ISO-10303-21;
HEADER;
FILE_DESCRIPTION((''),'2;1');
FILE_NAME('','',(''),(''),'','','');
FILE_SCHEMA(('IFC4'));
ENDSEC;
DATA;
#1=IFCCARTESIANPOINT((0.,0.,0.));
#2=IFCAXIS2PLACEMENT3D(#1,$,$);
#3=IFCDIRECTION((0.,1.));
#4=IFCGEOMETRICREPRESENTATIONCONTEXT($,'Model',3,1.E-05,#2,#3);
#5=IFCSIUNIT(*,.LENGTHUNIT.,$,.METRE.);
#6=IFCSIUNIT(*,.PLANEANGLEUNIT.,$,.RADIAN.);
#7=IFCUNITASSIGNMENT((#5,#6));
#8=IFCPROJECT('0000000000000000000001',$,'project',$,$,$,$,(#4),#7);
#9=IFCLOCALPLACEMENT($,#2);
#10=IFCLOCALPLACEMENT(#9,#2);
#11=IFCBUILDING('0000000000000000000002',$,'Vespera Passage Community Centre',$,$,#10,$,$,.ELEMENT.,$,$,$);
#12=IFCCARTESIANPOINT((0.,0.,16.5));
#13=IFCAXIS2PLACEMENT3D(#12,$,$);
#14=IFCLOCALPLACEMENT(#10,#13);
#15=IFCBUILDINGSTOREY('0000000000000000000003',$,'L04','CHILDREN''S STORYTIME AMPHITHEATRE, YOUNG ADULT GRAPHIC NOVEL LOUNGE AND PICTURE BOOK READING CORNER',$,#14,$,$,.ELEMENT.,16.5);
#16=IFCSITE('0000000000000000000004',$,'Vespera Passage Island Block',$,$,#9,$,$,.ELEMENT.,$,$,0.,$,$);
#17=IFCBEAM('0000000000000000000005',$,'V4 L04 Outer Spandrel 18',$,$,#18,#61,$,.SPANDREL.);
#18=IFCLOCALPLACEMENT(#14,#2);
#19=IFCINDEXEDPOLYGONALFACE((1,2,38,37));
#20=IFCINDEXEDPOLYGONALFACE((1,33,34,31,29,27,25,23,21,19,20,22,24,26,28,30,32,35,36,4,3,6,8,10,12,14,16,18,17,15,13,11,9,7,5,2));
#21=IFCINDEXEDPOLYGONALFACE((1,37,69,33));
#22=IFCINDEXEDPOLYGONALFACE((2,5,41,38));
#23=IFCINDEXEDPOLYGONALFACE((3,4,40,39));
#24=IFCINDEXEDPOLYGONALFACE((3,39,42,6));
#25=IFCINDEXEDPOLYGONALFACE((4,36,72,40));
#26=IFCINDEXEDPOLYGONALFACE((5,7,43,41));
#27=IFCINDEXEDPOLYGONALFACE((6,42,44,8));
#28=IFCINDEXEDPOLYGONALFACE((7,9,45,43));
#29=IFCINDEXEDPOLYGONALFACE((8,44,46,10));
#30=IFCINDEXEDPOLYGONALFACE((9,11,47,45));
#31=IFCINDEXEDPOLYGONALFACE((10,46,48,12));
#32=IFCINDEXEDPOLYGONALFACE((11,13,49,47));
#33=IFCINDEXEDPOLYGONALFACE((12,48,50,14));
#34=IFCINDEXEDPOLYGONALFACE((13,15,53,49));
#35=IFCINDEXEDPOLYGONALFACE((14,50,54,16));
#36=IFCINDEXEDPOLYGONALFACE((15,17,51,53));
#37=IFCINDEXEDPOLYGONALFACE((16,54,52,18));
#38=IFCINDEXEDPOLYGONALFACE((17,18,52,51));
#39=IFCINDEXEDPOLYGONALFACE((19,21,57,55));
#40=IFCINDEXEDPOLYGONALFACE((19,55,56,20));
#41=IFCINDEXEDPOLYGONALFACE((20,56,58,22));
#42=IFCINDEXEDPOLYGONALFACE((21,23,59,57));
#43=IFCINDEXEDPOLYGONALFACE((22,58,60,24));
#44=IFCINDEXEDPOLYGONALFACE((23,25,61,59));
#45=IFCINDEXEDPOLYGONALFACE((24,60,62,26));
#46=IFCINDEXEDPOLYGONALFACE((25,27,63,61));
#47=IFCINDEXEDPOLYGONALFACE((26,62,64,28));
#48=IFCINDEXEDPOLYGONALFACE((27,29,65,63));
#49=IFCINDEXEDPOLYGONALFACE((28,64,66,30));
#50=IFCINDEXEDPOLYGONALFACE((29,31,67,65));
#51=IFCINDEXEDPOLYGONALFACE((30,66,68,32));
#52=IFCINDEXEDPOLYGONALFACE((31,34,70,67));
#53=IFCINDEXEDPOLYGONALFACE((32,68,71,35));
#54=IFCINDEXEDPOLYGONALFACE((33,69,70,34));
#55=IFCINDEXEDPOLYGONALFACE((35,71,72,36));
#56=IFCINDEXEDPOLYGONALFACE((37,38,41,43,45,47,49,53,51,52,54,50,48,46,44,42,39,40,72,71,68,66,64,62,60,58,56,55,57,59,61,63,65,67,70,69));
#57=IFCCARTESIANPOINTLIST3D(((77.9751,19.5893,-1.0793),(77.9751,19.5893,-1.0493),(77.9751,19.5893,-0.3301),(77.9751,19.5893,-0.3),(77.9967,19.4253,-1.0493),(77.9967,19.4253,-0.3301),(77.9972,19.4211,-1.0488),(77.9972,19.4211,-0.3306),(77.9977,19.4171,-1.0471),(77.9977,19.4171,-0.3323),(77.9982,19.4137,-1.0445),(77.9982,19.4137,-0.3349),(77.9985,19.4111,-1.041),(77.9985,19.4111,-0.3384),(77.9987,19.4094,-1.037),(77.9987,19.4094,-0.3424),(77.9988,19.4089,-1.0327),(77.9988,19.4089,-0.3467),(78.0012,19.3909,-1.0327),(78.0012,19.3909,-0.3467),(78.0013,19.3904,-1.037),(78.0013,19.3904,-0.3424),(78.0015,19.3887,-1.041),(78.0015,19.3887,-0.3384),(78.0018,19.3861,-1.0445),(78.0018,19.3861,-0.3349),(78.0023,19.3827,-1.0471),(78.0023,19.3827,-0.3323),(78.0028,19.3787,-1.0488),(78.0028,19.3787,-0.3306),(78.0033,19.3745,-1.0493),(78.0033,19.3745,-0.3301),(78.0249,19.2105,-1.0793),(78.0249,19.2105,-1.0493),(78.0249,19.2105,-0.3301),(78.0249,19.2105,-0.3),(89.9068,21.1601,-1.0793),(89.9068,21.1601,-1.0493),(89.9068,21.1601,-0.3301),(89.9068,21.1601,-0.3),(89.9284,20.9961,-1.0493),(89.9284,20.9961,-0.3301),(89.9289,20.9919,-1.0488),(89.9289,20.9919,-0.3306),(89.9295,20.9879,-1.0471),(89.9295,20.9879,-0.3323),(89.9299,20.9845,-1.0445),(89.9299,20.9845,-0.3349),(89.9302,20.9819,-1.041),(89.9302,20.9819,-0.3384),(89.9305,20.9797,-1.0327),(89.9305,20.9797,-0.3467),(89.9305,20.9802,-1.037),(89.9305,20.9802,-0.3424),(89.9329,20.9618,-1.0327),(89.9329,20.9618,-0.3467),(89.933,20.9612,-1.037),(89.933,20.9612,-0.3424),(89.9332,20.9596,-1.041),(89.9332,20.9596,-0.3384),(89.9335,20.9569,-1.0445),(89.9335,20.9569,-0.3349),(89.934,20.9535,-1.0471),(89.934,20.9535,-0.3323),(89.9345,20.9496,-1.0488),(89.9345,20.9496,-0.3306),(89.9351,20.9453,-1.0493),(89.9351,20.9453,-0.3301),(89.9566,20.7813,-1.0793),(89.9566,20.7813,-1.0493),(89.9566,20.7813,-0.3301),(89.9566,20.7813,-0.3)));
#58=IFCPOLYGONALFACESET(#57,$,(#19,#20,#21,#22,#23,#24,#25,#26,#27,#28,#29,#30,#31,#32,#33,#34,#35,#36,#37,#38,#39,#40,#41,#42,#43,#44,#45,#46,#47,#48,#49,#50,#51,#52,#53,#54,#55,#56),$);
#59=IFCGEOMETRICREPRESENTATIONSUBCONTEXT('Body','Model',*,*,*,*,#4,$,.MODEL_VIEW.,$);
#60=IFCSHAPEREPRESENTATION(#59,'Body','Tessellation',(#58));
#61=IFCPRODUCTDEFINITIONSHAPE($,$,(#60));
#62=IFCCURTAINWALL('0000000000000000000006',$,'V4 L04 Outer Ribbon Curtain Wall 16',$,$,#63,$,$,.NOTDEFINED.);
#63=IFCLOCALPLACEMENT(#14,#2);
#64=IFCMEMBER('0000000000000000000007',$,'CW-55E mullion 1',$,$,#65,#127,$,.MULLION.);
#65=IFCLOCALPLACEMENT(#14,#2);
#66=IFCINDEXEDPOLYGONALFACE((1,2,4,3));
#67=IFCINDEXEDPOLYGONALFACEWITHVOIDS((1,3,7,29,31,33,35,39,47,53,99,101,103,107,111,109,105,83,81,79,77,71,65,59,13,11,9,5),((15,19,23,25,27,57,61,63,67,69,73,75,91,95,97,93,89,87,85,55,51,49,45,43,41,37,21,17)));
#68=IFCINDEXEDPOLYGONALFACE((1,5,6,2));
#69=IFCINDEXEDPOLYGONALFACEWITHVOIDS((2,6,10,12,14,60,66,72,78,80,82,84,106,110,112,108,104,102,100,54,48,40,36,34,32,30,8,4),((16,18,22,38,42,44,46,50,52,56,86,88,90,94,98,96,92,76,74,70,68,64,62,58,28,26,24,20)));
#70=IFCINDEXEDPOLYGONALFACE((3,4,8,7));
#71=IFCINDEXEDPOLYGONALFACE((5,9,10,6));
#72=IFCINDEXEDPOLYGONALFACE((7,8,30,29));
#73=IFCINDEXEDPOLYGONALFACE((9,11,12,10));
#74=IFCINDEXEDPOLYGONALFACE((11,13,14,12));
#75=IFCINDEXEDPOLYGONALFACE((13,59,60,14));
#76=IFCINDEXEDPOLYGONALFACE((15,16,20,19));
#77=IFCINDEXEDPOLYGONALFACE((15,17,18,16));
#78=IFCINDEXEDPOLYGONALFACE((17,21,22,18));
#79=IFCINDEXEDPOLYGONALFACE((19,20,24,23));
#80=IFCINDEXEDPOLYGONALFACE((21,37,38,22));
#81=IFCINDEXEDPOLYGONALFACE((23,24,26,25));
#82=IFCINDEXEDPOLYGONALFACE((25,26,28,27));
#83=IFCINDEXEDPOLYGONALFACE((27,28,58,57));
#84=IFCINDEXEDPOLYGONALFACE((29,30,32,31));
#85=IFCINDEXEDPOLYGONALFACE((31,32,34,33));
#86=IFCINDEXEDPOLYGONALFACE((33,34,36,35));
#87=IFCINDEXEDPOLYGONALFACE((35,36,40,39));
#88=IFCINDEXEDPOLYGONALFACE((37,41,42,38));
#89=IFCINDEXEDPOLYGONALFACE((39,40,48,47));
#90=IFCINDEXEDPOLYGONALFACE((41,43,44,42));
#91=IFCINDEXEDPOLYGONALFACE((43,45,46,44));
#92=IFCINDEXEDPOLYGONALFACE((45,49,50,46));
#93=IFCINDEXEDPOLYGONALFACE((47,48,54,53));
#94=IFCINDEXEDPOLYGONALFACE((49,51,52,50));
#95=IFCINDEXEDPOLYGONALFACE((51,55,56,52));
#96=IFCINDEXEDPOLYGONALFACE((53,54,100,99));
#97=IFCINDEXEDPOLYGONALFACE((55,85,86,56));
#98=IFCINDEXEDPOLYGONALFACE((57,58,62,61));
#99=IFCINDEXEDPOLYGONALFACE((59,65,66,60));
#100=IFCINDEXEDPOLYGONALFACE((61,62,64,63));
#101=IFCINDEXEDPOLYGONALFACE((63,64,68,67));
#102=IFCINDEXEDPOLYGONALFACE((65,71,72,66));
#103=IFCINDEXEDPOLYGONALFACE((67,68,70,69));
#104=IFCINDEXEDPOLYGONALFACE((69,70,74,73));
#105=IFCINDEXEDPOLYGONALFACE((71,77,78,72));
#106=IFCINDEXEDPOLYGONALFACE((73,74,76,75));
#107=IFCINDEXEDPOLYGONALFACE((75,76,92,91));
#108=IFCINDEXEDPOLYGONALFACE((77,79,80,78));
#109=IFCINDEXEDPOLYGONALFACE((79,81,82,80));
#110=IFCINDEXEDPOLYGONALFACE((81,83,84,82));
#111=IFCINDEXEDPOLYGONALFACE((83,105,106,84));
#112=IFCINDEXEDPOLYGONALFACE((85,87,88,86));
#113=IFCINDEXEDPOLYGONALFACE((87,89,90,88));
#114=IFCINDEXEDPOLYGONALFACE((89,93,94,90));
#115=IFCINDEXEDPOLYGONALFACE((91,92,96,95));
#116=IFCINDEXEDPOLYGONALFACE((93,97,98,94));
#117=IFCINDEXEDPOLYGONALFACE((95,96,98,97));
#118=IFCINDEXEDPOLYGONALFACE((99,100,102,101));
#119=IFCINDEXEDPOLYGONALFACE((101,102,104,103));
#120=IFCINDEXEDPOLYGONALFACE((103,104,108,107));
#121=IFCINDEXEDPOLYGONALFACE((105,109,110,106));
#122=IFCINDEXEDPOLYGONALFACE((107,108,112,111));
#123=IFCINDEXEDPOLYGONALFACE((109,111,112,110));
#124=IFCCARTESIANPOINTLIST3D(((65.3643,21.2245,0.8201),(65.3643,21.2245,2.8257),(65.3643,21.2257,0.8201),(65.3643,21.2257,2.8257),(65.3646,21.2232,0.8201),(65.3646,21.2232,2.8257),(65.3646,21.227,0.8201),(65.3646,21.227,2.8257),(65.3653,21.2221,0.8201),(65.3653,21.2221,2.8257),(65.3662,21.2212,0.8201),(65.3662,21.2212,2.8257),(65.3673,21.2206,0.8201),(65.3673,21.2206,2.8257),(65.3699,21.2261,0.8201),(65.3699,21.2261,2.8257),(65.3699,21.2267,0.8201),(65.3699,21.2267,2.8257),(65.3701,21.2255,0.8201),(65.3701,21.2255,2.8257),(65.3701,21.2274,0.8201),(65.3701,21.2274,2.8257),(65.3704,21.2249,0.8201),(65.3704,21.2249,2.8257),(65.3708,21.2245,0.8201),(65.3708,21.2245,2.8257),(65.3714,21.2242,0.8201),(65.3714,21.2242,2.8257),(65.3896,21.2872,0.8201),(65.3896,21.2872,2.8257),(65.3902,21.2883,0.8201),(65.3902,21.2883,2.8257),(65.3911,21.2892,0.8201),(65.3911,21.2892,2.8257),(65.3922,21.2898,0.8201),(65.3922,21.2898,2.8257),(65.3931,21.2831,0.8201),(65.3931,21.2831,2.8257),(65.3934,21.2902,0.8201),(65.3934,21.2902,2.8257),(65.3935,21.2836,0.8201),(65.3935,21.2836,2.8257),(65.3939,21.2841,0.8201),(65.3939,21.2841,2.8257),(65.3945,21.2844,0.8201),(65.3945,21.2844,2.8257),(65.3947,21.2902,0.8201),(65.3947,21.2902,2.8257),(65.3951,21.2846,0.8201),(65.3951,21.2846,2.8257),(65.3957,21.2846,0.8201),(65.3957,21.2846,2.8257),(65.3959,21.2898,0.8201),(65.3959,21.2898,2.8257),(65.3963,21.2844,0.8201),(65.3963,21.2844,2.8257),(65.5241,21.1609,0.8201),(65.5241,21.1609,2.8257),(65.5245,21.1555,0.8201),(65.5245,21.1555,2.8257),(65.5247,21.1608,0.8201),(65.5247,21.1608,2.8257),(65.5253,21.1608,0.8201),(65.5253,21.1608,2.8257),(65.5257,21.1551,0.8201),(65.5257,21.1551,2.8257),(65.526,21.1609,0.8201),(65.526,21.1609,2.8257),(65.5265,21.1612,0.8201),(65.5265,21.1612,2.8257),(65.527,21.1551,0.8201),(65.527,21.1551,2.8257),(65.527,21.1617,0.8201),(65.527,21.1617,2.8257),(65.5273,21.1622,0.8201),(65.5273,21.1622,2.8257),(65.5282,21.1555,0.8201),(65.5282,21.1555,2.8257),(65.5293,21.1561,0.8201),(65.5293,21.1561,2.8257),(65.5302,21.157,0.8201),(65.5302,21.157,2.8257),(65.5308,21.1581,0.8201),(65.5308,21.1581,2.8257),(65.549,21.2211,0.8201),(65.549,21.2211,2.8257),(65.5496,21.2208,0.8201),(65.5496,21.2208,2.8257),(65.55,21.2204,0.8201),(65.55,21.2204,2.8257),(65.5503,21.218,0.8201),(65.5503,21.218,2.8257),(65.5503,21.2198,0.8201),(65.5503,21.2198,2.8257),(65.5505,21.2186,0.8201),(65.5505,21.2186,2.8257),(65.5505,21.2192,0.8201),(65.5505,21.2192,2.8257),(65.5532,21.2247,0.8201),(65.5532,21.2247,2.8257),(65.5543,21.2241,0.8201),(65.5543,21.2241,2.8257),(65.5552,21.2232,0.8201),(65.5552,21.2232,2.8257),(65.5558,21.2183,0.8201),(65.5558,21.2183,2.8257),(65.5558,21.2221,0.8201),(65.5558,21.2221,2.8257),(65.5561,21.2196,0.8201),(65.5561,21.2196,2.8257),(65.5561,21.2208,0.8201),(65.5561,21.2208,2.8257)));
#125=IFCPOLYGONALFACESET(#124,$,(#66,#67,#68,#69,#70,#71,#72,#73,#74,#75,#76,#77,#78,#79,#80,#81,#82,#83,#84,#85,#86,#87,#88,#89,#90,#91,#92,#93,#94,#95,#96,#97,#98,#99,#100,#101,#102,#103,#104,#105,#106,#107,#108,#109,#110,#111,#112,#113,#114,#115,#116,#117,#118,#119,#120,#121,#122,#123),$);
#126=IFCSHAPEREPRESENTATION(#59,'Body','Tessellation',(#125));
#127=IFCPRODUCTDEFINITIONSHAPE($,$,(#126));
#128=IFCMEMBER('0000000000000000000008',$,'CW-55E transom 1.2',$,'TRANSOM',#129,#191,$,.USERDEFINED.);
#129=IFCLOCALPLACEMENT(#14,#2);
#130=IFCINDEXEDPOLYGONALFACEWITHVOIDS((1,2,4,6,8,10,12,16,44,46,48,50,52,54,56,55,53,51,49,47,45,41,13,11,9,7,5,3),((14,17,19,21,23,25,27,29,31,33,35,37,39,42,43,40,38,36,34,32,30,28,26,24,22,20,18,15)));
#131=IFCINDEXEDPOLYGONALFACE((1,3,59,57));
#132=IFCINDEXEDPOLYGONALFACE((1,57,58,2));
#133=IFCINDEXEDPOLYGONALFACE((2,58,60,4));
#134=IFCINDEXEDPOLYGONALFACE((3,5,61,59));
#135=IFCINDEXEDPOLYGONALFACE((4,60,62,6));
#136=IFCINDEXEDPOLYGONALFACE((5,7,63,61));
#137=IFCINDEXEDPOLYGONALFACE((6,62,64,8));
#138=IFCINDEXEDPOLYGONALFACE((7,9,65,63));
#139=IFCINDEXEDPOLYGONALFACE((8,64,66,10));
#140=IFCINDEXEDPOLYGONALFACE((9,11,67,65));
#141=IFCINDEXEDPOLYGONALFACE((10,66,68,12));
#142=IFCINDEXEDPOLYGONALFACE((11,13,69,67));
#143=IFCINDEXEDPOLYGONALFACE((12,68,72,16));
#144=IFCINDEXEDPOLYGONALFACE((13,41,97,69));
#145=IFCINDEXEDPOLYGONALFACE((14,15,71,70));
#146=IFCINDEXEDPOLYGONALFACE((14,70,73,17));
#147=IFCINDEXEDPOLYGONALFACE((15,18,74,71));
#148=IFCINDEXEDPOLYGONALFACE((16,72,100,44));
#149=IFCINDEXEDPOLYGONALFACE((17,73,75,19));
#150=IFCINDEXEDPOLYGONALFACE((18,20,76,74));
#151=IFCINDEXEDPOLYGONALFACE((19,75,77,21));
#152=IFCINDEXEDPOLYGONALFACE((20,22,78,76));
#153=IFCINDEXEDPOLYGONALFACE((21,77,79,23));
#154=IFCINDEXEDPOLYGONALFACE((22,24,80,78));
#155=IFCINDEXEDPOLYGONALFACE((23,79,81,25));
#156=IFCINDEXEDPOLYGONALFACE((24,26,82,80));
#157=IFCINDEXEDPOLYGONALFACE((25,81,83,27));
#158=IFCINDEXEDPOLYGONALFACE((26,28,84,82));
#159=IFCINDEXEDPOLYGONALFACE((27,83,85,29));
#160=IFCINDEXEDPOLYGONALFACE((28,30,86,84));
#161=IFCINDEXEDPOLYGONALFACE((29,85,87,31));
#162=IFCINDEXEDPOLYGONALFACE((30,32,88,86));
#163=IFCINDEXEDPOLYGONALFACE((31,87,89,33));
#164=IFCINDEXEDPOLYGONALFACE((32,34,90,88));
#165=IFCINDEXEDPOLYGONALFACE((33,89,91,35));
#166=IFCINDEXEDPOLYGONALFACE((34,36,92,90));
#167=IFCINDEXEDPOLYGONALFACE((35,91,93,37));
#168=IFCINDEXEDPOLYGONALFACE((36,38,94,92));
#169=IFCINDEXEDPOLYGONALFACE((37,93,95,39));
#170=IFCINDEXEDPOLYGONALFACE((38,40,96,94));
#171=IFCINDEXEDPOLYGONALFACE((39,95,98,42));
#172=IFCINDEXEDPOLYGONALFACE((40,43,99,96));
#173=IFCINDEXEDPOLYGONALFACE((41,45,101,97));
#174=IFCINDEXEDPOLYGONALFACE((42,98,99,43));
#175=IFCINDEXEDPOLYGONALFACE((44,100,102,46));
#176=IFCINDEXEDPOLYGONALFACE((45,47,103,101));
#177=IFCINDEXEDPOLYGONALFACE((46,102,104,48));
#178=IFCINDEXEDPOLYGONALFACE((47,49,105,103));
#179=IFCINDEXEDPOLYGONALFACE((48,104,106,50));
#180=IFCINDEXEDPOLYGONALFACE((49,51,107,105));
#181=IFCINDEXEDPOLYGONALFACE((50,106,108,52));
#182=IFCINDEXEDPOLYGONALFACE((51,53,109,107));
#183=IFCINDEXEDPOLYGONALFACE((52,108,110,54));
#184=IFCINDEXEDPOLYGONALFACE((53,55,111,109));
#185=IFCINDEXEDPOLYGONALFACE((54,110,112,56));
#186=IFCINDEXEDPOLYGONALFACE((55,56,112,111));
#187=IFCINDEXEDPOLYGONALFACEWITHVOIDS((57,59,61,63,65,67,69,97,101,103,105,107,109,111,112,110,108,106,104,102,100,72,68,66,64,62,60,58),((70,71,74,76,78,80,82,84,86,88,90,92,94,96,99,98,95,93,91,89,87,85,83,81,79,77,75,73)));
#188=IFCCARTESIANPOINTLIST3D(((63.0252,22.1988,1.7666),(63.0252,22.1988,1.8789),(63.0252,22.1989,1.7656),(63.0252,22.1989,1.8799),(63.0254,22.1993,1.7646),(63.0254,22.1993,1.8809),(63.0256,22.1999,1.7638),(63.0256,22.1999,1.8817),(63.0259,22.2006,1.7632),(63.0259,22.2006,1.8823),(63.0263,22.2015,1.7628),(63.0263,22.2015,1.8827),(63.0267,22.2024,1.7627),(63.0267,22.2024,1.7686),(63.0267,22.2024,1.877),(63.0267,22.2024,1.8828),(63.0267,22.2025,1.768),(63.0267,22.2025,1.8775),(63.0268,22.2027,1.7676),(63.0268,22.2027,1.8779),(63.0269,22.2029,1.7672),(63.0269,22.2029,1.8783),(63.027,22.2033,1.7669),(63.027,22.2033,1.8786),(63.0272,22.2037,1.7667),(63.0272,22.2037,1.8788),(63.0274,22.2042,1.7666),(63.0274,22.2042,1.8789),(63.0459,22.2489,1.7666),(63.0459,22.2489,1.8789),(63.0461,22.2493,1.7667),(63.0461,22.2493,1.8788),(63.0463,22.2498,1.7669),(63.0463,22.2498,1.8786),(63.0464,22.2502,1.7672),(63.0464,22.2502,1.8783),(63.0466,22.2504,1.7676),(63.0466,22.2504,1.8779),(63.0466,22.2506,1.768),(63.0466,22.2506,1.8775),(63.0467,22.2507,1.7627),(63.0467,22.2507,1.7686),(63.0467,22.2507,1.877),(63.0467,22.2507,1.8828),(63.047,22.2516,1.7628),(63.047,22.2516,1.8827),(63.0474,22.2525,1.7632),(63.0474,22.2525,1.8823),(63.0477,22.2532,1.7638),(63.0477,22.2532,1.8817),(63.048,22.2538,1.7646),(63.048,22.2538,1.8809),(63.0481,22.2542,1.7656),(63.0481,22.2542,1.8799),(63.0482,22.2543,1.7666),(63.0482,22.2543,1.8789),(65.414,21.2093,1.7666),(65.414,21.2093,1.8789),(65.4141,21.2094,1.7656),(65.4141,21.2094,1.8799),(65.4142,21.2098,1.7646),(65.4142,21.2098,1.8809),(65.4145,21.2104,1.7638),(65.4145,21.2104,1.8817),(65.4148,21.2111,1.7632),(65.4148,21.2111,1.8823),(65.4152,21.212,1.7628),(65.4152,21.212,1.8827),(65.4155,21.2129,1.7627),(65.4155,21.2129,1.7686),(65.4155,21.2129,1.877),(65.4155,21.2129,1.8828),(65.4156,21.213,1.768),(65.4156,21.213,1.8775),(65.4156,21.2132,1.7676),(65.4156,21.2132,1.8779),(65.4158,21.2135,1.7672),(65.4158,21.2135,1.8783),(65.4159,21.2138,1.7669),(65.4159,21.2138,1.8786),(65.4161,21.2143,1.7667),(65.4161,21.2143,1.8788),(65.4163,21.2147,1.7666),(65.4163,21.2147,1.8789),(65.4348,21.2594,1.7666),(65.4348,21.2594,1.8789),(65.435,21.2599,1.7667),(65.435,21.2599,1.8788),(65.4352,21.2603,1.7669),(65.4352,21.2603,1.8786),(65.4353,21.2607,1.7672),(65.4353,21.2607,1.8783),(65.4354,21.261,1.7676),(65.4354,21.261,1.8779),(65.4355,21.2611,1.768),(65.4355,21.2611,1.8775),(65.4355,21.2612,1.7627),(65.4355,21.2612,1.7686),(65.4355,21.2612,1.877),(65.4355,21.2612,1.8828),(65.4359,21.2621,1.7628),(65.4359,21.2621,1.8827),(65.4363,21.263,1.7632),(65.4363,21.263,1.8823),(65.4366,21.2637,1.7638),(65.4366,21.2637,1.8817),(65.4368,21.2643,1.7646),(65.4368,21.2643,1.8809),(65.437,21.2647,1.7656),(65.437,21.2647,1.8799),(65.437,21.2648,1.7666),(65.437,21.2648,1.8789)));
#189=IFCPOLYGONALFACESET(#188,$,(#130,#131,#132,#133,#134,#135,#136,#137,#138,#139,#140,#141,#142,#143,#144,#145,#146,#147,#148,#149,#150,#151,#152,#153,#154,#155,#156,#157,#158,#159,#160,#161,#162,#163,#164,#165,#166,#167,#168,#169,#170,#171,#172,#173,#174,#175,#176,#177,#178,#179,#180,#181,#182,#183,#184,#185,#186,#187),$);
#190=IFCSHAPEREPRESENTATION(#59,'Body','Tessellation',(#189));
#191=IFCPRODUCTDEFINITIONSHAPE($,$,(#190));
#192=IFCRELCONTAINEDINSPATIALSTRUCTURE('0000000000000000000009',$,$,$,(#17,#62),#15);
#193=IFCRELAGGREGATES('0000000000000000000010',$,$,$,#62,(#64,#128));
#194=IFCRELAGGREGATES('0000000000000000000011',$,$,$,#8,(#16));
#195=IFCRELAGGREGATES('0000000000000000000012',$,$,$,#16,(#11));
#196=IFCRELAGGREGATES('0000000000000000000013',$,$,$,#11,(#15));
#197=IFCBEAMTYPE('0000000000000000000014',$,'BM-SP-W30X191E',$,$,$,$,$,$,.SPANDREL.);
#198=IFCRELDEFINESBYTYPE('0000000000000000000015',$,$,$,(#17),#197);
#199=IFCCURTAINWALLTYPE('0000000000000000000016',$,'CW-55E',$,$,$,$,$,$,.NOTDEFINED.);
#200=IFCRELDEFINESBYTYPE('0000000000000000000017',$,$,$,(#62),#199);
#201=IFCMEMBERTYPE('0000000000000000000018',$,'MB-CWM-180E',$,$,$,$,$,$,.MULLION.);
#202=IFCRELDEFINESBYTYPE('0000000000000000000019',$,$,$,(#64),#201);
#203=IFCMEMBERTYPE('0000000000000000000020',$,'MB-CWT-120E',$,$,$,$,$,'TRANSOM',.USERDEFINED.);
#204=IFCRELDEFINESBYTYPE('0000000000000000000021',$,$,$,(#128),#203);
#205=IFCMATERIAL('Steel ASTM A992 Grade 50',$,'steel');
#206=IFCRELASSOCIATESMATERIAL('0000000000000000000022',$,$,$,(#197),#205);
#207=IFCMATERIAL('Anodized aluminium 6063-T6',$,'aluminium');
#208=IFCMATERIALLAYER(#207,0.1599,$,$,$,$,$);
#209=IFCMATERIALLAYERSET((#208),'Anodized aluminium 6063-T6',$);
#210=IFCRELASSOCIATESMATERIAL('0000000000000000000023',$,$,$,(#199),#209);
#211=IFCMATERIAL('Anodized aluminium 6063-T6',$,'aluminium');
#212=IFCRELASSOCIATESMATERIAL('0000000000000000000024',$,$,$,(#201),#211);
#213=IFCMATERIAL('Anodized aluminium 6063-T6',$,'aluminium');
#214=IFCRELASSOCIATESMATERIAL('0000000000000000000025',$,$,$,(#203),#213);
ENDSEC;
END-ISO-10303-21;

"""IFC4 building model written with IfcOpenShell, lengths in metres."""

from ifc_helpers import new_model, si_unit, direction, frame, origin, origin_2d, place, context, subcontext, project, spatial, hollow_rectangle, i_section, extrude, material, layer, layer_set, material_profile, profile_set, type_object, element, aggregate, save


model = new_model("IFC4")

# Units and contexts
model_context = context("Model", 3, precision=1e-05, world=origin(), true_north=direction((0.0, 1.0)))
body_context = subcontext(model_context, "Body", "Model", "MODEL_VIEW")
ifc_project = project(units=[si_unit("LENGTHUNIT", "METRE"), si_unit("PLANEANGLEUNIT", "RADIAN")], contexts=[model_context])

# Site, building, storey
site_placement = place(None, origin())
site = spatial("IfcSite", under=ifc_project, at=site_placement, Name="Vespera Passage Island Block", CompositionType="ELEMENT", RefElevation=0.0)
building_placement = place(site_placement, origin())
building = spatial("IfcBuilding", under=site, at=building_placement, Name="Vespera Passage Community Centre", CompositionType="ELEMENT")
storey_placement = place(building_placement, frame((0.0, 0.0, 16.5)))
storey = spatial("IfcBuildingStorey", under=building, at=storey_placement, Name="L04", Description="CHILDREN'S STORYTIME AMPHITHEATRE, YOUNG ADULT GRAPHIC NOVEL LOUNGE AND PICTURE BOOK READING CORNER", CompositionType="ELEMENT", Elevation=16.5)

# Beam
ifc_material_1 = material(Name="Steel ASTM A992 Grade 50", Category="steel")
ifc_material_profile_1 = material_profile(ifc_material_1, i_section(OverallWidth=0.3821, OverallDepth=0.7793, WebThickness=0.0181, FlangeThickness=0.03, FilletRadius=0.0166, at=origin_2d()), Name="W30X191")
ifc_profile_set_1 = profile_set([ifc_material_profile_1], Name="Steel ASTM A992 Grade 50")
beam_type_1 = type_object("IfcBeamType", Name="BM-SP-W30X191E", PredefinedType="SPANDREL", material=ifc_profile_set_1)
for number, where, z_axis, x_axis, name in (
    (1, (78.0, 19.3999, -0.6897), (0.991445, 0.130524, 0.0), (-0.130524, 0.991445, 0.0), "V4 L04 Outer Spandrel 18"),
):
    element("IfcBeam", number, at=place(storey_placement, frame(where, z_axis=z_axis, x_axis=x_axis)), inside=storey, type_object=beam_type_1, Name=name, PredefinedType="SPANDREL", context=body_context, shape_type="SweptSolid", body=[
        extrude(i_section(OverallWidth=0.3821, OverallDepth=0.7793, WebThickness=0.0181, FlangeThickness=0.03, FilletRadius=0.0166, at=origin_2d()), origin(), (0.0, 0.0, 1.0), 12.0347),
    ])

# Curtain wall, members
ifc_material_2 = material(Name="Anodized aluminium 6063-T6", Category="aluminium")
ifc_layer_1 = layer(ifc_material_2, 0.1599)
ifc_layer_set_1 = layer_set([ifc_layer_1], Name="Anodized aluminium 6063-T6")
curtain_wall_type = type_object("IfcCurtainWallType", Name="CW-55E", PredefinedType="NOTDEFINED", material=ifc_layer_set_1)
curtain_wall_placement = place(storey_placement, origin())
curtain_wall = element("IfcCurtainWall", 2, at=curtain_wall_placement, inside=storey, type_object=curtain_wall_type, Name="V4 L04 Outer Ribbon Curtain Wall 16", PredefinedType="NOTDEFINED")
ifc_material_3 = material(Name="Anodized aluminium 6063-T6", Category="aluminium")
ifc_material_profile_2 = material_profile(ifc_material_3, hollow_rectangle(XDim=0.075, YDim=0.1799, WallThickness=0.0049, InnerFilletRadius=0.0024, OuterFilletRadius=0.0049, at=origin_2d()), Name="ALU180X75X5")
ifc_profile_set_2 = profile_set([ifc_material_profile_2], Name="Anodized aluminium 6063-T6")
member_type_1 = type_object("IfcMemberType", Name="MB-CWM-180E", PredefinedType="MULLION", material=ifc_profile_set_2)
member_1_placement = place(storey_placement, frame((65.4602, 21.2227, 0.8201), z_axis=(0.0, 0.0, 1.0), x_axis=(-0.382683, -0.92388, 0.0)))
member_1 = element("IfcMember", 3, at=member_1_placement, type_object=member_type_1, Name="CW-55E mullion 1", PredefinedType="MULLION", context=body_context, shape_type="SweptSolid", body=[
    extrude(hollow_rectangle(XDim=0.075, YDim=0.1799, WallThickness=0.0049, InnerFilletRadius=0.0024, OuterFilletRadius=0.0049, at=origin_2d()), origin(), (0.0, 0.0, 1.0), 2.0056),
])
ifc_material_4 = material(Name="Anodized aluminium 6063-T6", Category="aluminium")
ifc_material_profile_3 = material_profile(ifc_material_4, hollow_rectangle(XDim=0.0601, YDim=0.1201, WallThickness=0.0039, InnerFilletRadius=0.002, OuterFilletRadius=0.0039, at=origin_2d()), Name="ALU120X60X4")
ifc_profile_set_3 = profile_set([ifc_material_profile_3], Name="Anodized aluminium 6063-T6")
member_type_2 = type_object("IfcMemberType", Name="MB-CWT-120E", ElementType="TRANSOM", PredefinedType="USERDEFINED", material=ifc_profile_set_3)
member_2_placement = place(storey_placement, frame((65.4255, 21.2371, 1.8228), z_axis=(-0.923882, 0.382677, 0.0), x_axis=(-0.382677, -0.923882, 0.0)))
member_2 = element("IfcMember", 4, at=member_2_placement, type_object=member_type_2, Name="CW-55E transom 1.2", ObjectType="TRANSOM", PredefinedType="USERDEFINED", context=body_context, shape_type="SweptSolid", body=[
    extrude(hollow_rectangle(XDim=0.0601, YDim=0.1201, WallThickness=0.0039, InnerFilletRadius=0.002, OuterFilletRadius=0.0039, at=origin_2d()), origin(), (0.0, 0.0, 1.0), 2.5857),
])
aggregate(curtain_wall, [member_1, member_2])

save(model, "model.ifc")
